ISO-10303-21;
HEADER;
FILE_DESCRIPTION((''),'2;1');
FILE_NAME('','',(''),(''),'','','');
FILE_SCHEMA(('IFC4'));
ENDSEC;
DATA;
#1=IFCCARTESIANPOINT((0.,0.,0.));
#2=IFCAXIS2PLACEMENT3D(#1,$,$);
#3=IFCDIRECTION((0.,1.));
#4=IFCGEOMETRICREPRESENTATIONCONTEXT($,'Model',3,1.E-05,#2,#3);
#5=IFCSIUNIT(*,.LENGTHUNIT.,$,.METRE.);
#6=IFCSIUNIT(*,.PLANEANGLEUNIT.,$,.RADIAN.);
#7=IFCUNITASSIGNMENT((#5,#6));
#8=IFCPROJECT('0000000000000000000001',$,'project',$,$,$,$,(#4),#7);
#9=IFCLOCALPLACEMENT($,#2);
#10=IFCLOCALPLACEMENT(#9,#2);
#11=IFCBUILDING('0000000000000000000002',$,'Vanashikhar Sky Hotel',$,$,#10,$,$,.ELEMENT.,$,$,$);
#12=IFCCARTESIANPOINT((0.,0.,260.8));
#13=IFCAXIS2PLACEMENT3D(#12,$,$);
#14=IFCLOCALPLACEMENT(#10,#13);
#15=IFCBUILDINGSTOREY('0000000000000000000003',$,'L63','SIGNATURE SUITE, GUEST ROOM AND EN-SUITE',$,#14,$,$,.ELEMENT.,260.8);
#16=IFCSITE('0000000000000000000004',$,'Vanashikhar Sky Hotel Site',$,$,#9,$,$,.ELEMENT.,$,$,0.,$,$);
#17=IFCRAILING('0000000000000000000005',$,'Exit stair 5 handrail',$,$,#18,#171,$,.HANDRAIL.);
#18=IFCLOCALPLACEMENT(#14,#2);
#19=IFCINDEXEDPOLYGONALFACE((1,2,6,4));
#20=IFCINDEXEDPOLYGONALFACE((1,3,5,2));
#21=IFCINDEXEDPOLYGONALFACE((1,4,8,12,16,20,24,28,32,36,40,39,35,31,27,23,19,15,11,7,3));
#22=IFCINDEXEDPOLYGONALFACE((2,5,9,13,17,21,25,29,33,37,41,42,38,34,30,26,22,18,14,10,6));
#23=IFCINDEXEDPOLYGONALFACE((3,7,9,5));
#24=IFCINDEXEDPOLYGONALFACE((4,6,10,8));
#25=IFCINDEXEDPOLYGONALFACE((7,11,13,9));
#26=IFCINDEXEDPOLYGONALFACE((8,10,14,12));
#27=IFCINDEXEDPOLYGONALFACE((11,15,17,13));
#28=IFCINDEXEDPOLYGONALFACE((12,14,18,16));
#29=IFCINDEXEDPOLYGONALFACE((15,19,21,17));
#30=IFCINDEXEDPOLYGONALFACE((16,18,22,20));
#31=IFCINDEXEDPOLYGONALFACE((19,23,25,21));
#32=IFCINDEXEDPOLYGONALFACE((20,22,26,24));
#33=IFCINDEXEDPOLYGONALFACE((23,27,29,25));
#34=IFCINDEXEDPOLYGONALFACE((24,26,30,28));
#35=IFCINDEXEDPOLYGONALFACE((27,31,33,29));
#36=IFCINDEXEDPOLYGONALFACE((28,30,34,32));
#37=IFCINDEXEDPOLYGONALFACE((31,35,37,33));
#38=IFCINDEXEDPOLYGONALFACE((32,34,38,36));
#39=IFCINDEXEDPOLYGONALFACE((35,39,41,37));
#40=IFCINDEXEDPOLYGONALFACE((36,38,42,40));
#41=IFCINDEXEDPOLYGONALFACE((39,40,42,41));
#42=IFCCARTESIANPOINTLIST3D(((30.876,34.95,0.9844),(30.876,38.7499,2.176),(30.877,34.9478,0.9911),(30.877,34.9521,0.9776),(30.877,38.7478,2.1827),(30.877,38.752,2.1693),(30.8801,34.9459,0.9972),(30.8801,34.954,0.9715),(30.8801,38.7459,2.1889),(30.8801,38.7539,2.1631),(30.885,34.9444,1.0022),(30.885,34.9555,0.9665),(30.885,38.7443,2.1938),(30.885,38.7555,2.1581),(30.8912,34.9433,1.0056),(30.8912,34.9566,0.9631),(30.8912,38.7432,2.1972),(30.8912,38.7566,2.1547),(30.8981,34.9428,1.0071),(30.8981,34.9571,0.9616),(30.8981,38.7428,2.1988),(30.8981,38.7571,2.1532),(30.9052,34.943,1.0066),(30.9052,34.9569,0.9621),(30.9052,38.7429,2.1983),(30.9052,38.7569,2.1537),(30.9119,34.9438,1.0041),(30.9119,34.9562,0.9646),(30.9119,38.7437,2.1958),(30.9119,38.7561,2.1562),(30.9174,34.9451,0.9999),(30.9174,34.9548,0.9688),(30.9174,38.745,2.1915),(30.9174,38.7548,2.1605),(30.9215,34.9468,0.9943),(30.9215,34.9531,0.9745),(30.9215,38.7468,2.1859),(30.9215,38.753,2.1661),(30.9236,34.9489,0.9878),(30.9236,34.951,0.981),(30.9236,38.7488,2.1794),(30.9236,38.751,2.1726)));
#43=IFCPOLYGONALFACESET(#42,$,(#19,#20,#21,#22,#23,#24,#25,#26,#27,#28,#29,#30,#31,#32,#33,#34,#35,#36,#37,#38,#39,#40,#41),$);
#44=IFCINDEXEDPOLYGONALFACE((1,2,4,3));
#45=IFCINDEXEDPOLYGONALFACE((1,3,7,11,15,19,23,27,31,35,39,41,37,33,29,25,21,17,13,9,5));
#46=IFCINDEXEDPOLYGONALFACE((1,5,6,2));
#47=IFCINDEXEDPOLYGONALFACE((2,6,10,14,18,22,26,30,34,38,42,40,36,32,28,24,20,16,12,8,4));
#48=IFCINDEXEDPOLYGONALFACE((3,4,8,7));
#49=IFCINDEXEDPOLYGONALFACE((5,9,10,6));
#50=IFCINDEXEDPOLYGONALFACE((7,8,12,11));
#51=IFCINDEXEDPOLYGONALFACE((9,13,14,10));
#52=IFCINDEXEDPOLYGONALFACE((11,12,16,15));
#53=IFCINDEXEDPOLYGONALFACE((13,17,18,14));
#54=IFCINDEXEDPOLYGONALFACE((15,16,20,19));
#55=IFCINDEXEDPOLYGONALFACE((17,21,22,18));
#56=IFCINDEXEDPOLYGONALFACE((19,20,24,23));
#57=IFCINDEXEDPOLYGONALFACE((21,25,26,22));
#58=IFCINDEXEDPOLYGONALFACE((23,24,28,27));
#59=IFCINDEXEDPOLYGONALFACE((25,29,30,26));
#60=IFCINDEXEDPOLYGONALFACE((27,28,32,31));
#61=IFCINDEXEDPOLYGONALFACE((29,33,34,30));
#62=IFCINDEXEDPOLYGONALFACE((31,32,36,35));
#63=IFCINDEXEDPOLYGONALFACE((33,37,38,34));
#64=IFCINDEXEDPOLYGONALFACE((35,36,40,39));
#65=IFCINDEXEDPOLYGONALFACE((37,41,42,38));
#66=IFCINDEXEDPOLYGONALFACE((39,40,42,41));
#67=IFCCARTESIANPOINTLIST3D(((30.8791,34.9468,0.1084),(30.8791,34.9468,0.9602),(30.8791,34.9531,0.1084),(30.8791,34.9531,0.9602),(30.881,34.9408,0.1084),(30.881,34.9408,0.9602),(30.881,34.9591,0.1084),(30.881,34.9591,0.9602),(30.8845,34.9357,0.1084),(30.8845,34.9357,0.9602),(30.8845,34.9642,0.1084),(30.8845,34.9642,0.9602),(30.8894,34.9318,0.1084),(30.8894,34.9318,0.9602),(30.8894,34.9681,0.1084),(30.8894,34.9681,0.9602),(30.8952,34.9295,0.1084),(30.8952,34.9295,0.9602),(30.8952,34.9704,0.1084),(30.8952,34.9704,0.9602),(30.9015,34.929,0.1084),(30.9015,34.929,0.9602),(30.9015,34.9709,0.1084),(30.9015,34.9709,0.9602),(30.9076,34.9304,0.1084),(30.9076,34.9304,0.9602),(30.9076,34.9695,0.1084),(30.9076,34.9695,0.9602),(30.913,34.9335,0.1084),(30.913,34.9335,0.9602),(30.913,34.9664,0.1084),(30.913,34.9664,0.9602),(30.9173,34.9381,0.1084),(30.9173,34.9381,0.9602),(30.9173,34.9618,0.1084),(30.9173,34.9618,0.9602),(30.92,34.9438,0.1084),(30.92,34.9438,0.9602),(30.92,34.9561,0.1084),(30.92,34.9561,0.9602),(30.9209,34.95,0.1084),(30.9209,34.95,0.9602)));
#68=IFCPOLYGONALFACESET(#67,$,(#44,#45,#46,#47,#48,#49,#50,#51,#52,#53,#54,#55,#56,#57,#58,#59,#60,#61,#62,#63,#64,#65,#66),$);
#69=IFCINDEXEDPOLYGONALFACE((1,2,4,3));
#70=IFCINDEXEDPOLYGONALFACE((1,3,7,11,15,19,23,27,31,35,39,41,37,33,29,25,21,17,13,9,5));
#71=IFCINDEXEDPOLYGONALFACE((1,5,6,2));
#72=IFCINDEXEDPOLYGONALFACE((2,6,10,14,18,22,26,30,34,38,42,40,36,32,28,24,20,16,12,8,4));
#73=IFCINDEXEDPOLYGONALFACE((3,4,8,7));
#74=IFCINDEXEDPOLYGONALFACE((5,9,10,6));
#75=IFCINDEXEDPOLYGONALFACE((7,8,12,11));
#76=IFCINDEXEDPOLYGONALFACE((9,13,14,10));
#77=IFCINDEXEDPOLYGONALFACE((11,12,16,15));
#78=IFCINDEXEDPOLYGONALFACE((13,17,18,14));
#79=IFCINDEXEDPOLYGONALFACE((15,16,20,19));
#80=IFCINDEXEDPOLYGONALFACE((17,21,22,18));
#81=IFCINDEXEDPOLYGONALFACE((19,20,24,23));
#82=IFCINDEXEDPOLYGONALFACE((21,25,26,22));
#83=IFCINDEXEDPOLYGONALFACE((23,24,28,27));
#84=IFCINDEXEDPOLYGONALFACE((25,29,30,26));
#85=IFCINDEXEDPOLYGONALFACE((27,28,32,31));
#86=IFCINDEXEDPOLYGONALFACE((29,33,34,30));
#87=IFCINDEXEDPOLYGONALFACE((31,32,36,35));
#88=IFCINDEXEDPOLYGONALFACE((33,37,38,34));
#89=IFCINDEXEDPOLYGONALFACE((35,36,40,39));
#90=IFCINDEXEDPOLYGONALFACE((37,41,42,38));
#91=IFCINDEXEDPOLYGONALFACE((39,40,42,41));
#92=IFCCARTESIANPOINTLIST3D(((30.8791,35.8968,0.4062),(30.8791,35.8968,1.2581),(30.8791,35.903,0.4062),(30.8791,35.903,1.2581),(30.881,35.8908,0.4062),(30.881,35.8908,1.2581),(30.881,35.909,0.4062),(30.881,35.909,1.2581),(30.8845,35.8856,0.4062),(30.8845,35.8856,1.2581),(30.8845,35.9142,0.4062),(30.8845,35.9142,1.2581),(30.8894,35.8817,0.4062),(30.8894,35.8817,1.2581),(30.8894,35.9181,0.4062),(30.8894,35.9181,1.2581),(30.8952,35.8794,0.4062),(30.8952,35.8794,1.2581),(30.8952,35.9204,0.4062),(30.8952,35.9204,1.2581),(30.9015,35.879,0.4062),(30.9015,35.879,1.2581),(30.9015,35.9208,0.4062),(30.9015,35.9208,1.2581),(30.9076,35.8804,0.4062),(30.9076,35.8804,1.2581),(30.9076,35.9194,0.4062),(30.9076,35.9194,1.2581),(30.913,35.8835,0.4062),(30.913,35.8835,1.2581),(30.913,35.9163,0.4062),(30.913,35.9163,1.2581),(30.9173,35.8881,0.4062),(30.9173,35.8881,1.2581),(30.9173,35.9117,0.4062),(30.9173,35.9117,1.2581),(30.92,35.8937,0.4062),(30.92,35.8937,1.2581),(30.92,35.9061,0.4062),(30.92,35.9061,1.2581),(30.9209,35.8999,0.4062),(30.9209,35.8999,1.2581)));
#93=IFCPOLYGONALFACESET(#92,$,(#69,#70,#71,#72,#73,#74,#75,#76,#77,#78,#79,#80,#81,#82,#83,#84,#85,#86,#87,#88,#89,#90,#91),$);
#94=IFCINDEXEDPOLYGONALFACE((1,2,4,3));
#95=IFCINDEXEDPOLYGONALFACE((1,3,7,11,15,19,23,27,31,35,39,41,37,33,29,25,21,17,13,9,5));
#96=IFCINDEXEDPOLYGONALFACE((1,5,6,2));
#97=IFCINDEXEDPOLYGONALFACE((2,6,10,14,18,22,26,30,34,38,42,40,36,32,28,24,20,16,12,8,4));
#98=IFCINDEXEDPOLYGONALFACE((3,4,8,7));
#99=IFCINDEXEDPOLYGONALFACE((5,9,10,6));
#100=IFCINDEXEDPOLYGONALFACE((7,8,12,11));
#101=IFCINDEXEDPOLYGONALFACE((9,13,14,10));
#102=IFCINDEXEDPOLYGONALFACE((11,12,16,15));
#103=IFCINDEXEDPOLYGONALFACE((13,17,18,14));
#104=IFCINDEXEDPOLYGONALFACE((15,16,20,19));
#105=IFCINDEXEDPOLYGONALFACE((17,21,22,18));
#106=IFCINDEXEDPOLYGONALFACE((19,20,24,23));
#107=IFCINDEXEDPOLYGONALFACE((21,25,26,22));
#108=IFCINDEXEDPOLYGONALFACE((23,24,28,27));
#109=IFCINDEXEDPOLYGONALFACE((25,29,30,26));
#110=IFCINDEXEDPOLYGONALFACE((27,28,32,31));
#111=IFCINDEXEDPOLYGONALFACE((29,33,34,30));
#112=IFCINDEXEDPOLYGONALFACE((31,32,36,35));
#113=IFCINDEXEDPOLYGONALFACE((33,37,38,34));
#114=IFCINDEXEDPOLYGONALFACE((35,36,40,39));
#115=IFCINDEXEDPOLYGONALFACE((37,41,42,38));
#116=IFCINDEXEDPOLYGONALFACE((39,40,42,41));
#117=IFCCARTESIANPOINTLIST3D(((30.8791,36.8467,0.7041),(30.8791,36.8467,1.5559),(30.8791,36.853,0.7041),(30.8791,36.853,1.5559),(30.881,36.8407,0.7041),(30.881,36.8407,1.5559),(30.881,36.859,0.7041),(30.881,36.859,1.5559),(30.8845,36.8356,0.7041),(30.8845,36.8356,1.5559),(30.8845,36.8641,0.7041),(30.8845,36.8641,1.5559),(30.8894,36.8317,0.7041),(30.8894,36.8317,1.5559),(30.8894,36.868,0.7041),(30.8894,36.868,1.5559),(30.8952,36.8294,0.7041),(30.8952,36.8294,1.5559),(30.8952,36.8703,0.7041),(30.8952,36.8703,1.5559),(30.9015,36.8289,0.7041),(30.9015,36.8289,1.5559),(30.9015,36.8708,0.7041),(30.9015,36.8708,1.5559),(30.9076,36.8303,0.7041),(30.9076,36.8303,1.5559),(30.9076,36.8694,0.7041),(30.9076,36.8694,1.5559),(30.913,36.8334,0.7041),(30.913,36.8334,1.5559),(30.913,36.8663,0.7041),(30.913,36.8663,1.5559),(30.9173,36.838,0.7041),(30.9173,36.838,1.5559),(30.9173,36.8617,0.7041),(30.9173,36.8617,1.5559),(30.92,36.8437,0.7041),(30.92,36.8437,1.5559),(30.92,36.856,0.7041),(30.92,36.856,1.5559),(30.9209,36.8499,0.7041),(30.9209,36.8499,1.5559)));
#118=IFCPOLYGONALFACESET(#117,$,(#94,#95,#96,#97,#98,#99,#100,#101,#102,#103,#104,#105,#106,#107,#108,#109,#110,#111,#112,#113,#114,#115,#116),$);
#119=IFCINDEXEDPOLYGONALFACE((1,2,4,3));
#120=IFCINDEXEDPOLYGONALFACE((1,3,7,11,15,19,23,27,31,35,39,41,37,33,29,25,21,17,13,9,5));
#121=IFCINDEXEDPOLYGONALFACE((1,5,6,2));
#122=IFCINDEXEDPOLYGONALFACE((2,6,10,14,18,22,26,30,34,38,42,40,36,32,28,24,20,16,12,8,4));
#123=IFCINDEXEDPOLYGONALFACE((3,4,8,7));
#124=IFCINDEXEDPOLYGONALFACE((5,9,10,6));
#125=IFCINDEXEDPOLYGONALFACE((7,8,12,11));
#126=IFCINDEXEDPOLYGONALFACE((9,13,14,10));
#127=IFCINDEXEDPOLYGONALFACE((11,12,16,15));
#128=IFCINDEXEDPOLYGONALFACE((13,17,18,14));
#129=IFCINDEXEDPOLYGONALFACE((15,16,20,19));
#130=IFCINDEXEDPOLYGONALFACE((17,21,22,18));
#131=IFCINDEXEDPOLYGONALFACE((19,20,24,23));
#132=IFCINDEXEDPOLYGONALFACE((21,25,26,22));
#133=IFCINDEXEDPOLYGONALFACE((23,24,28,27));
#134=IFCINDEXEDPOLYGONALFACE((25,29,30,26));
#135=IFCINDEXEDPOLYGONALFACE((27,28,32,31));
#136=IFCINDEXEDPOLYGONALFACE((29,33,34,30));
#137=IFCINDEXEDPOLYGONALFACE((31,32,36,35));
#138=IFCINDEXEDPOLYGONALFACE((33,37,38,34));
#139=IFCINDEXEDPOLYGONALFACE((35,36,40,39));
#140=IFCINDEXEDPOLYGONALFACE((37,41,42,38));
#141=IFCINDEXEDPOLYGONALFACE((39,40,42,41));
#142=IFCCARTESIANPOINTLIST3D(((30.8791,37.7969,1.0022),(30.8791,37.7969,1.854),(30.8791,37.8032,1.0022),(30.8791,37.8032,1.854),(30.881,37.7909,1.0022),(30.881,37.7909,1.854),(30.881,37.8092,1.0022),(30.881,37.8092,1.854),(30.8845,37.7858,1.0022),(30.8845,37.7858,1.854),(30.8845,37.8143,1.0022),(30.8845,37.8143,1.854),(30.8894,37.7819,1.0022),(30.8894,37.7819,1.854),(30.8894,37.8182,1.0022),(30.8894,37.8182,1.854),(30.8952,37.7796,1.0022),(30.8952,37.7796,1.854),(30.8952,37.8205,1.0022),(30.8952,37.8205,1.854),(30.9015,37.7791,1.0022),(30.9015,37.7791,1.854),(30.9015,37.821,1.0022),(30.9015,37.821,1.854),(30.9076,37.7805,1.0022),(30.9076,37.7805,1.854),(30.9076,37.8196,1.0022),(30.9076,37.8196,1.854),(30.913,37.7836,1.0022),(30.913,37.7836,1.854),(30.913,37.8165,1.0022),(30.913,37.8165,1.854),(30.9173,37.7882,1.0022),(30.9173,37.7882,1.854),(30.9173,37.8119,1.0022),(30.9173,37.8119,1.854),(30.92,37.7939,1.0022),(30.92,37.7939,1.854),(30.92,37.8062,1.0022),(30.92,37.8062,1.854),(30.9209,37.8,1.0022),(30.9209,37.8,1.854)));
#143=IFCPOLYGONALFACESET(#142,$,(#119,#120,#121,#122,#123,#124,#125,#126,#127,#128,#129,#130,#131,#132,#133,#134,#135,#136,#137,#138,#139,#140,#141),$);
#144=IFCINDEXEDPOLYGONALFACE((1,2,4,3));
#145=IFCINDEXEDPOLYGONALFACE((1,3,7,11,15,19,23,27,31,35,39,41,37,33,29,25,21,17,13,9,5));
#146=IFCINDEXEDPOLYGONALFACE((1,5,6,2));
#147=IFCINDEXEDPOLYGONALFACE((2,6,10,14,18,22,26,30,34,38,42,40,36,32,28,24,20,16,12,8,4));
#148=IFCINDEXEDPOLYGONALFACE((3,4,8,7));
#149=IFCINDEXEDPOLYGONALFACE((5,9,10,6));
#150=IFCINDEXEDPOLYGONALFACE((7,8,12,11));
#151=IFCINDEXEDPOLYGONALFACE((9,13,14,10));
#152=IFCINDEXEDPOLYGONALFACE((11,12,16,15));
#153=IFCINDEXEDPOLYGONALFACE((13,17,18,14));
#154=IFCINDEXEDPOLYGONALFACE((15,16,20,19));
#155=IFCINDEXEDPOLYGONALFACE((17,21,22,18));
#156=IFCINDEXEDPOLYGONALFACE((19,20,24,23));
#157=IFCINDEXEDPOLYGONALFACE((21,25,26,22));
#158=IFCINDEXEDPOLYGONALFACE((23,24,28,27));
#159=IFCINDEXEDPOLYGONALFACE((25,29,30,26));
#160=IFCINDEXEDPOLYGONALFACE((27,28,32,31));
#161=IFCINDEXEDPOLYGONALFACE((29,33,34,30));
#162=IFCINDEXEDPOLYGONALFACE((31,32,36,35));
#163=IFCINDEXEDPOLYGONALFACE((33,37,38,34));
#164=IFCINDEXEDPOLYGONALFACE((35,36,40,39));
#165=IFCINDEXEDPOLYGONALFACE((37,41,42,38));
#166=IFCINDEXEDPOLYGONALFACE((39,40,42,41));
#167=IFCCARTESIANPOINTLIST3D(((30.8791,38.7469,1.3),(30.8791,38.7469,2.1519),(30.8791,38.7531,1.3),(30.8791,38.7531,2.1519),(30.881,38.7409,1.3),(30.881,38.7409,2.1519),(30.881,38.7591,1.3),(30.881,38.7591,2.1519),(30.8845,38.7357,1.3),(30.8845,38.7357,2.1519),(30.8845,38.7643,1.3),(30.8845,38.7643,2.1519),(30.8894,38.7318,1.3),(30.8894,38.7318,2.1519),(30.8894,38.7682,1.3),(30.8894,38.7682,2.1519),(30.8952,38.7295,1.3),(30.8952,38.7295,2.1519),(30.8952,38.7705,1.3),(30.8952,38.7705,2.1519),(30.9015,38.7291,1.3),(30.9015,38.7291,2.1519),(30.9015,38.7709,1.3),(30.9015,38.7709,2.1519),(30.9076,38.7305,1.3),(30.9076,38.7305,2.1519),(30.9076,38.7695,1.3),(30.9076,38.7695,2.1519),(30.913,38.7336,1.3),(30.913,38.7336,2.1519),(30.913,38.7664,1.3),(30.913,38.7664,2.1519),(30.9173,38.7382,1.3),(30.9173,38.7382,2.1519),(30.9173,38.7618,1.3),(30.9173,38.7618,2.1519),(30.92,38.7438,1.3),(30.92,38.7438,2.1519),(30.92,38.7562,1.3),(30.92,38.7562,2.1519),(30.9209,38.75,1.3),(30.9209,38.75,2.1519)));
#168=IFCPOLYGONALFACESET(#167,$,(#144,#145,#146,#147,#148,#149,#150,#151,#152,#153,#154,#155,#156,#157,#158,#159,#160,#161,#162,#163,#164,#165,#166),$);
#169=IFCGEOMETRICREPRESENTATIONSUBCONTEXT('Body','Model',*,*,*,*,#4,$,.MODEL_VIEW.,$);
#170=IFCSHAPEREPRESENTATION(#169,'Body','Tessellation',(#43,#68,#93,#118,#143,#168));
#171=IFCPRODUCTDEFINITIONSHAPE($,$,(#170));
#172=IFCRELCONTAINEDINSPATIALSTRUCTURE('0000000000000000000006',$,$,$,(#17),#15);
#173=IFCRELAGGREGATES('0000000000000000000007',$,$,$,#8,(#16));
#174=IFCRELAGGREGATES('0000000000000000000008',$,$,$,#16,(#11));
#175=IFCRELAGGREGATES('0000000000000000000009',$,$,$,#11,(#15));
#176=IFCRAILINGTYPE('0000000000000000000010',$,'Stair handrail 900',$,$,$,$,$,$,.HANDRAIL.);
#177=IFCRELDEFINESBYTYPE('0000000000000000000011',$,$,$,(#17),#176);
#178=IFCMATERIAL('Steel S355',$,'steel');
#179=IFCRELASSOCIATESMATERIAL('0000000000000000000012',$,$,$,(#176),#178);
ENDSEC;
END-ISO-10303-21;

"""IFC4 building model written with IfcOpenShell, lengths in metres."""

from ifc_helpers import new_model, si_unit, direction, frame, origin, origin_2d, place, context, subcontext, project, spatial, circle, extrude, source, transform, mapped, material, type_object, element, save


model = new_model("IFC4")

# Units and contexts
model_context = context("Model", 3, precision=1e-05, world=origin(), true_north=direction((0.0, 1.0)))
body_context = subcontext(model_context, "Body", "Model", "MODEL_VIEW")
ifc_project = project(units=[si_unit("LENGTHUNIT", "METRE"), si_unit("PLANEANGLEUNIT", "RADIAN")], contexts=[model_context])

# Site, building, storey
site_placement = place(None, origin())
site = spatial("IfcSite", under=ifc_project, at=site_placement, Name="Vanashikhar Sky Hotel Site", CompositionType="ELEMENT", RefElevation=0.0)
building_placement = place(site_placement, origin())
building = spatial("IfcBuilding", under=site, at=building_placement, Name="Vanashikhar Sky Hotel", CompositionType="ELEMENT")
storey_placement = place(building_placement, frame((0.0, 0.0, 260.8)))
storey = spatial("IfcBuildingStorey", under=building, at=storey_placement, Name="L63", Description="SIGNATURE SUITE, GUEST ROOM AND EN-SUITE", CompositionType="ELEMENT", Elevation=260.8)

# Railing
ifc_material_1 = material(Name="Steel S355", Category="steel")
railing_type = type_object("IfcRailingType", Name="Stair handrail 900", PredefinedType="HANDRAIL", material=ifc_material_1)
shared_shape_1 = source(origin(), body_context, "Body", "SweptSolid", [
    extrude(circle(Radius=0.0239, at=origin_2d()), frame((0.0, 0.0, 0.876), z_axis=(0.0, 0.954184, 0.299221), x_axis=(-1.0, 0.0, 0.0)), (0.0, 0.0, 1.0), 3.9824),
    extrude(circle(Radius=0.021, at=origin_2d()), origin(), (0.0, 0.0, 1.0), 0.8518),
    extrude(circle(Radius=0.021, at=origin_2d()), frame((0.0, 0.95, 0.2979)), (0.0, 0.0, 1.0), 0.8518),
    extrude(circle(Radius=0.021, at=origin_2d()), frame((0.0, 1.8999, 0.5957)), (0.0, 0.0, 1.0), 0.8518),
    extrude(circle(Radius=0.021, at=origin_2d()), frame((0.0, 2.8501, 0.8938)), (0.0, 0.0, 1.0), 0.8518),
    extrude(circle(Radius=0.021, at=origin_2d()), frame((0.0, 3.8, 1.1917)), (0.0, 0.0, 1.0), 0.8518),
])
for number, where, name in (
    (1, (30.8999, 34.95, 0.1084), "Exit stair 5 handrail"),
):
    element("IfcRailing", number, at=place(storey_placement, frame(where)), inside=storey, type_object=railing_type, Name=name, PredefinedType="HANDRAIL", context=body_context, shape_type="MappedRepresentation", body=[
        mapped(shared_shape_1, transform((0.0, 0.0, 0.0), scale=1.0)),
    ])

save(model, "model.ifc")
